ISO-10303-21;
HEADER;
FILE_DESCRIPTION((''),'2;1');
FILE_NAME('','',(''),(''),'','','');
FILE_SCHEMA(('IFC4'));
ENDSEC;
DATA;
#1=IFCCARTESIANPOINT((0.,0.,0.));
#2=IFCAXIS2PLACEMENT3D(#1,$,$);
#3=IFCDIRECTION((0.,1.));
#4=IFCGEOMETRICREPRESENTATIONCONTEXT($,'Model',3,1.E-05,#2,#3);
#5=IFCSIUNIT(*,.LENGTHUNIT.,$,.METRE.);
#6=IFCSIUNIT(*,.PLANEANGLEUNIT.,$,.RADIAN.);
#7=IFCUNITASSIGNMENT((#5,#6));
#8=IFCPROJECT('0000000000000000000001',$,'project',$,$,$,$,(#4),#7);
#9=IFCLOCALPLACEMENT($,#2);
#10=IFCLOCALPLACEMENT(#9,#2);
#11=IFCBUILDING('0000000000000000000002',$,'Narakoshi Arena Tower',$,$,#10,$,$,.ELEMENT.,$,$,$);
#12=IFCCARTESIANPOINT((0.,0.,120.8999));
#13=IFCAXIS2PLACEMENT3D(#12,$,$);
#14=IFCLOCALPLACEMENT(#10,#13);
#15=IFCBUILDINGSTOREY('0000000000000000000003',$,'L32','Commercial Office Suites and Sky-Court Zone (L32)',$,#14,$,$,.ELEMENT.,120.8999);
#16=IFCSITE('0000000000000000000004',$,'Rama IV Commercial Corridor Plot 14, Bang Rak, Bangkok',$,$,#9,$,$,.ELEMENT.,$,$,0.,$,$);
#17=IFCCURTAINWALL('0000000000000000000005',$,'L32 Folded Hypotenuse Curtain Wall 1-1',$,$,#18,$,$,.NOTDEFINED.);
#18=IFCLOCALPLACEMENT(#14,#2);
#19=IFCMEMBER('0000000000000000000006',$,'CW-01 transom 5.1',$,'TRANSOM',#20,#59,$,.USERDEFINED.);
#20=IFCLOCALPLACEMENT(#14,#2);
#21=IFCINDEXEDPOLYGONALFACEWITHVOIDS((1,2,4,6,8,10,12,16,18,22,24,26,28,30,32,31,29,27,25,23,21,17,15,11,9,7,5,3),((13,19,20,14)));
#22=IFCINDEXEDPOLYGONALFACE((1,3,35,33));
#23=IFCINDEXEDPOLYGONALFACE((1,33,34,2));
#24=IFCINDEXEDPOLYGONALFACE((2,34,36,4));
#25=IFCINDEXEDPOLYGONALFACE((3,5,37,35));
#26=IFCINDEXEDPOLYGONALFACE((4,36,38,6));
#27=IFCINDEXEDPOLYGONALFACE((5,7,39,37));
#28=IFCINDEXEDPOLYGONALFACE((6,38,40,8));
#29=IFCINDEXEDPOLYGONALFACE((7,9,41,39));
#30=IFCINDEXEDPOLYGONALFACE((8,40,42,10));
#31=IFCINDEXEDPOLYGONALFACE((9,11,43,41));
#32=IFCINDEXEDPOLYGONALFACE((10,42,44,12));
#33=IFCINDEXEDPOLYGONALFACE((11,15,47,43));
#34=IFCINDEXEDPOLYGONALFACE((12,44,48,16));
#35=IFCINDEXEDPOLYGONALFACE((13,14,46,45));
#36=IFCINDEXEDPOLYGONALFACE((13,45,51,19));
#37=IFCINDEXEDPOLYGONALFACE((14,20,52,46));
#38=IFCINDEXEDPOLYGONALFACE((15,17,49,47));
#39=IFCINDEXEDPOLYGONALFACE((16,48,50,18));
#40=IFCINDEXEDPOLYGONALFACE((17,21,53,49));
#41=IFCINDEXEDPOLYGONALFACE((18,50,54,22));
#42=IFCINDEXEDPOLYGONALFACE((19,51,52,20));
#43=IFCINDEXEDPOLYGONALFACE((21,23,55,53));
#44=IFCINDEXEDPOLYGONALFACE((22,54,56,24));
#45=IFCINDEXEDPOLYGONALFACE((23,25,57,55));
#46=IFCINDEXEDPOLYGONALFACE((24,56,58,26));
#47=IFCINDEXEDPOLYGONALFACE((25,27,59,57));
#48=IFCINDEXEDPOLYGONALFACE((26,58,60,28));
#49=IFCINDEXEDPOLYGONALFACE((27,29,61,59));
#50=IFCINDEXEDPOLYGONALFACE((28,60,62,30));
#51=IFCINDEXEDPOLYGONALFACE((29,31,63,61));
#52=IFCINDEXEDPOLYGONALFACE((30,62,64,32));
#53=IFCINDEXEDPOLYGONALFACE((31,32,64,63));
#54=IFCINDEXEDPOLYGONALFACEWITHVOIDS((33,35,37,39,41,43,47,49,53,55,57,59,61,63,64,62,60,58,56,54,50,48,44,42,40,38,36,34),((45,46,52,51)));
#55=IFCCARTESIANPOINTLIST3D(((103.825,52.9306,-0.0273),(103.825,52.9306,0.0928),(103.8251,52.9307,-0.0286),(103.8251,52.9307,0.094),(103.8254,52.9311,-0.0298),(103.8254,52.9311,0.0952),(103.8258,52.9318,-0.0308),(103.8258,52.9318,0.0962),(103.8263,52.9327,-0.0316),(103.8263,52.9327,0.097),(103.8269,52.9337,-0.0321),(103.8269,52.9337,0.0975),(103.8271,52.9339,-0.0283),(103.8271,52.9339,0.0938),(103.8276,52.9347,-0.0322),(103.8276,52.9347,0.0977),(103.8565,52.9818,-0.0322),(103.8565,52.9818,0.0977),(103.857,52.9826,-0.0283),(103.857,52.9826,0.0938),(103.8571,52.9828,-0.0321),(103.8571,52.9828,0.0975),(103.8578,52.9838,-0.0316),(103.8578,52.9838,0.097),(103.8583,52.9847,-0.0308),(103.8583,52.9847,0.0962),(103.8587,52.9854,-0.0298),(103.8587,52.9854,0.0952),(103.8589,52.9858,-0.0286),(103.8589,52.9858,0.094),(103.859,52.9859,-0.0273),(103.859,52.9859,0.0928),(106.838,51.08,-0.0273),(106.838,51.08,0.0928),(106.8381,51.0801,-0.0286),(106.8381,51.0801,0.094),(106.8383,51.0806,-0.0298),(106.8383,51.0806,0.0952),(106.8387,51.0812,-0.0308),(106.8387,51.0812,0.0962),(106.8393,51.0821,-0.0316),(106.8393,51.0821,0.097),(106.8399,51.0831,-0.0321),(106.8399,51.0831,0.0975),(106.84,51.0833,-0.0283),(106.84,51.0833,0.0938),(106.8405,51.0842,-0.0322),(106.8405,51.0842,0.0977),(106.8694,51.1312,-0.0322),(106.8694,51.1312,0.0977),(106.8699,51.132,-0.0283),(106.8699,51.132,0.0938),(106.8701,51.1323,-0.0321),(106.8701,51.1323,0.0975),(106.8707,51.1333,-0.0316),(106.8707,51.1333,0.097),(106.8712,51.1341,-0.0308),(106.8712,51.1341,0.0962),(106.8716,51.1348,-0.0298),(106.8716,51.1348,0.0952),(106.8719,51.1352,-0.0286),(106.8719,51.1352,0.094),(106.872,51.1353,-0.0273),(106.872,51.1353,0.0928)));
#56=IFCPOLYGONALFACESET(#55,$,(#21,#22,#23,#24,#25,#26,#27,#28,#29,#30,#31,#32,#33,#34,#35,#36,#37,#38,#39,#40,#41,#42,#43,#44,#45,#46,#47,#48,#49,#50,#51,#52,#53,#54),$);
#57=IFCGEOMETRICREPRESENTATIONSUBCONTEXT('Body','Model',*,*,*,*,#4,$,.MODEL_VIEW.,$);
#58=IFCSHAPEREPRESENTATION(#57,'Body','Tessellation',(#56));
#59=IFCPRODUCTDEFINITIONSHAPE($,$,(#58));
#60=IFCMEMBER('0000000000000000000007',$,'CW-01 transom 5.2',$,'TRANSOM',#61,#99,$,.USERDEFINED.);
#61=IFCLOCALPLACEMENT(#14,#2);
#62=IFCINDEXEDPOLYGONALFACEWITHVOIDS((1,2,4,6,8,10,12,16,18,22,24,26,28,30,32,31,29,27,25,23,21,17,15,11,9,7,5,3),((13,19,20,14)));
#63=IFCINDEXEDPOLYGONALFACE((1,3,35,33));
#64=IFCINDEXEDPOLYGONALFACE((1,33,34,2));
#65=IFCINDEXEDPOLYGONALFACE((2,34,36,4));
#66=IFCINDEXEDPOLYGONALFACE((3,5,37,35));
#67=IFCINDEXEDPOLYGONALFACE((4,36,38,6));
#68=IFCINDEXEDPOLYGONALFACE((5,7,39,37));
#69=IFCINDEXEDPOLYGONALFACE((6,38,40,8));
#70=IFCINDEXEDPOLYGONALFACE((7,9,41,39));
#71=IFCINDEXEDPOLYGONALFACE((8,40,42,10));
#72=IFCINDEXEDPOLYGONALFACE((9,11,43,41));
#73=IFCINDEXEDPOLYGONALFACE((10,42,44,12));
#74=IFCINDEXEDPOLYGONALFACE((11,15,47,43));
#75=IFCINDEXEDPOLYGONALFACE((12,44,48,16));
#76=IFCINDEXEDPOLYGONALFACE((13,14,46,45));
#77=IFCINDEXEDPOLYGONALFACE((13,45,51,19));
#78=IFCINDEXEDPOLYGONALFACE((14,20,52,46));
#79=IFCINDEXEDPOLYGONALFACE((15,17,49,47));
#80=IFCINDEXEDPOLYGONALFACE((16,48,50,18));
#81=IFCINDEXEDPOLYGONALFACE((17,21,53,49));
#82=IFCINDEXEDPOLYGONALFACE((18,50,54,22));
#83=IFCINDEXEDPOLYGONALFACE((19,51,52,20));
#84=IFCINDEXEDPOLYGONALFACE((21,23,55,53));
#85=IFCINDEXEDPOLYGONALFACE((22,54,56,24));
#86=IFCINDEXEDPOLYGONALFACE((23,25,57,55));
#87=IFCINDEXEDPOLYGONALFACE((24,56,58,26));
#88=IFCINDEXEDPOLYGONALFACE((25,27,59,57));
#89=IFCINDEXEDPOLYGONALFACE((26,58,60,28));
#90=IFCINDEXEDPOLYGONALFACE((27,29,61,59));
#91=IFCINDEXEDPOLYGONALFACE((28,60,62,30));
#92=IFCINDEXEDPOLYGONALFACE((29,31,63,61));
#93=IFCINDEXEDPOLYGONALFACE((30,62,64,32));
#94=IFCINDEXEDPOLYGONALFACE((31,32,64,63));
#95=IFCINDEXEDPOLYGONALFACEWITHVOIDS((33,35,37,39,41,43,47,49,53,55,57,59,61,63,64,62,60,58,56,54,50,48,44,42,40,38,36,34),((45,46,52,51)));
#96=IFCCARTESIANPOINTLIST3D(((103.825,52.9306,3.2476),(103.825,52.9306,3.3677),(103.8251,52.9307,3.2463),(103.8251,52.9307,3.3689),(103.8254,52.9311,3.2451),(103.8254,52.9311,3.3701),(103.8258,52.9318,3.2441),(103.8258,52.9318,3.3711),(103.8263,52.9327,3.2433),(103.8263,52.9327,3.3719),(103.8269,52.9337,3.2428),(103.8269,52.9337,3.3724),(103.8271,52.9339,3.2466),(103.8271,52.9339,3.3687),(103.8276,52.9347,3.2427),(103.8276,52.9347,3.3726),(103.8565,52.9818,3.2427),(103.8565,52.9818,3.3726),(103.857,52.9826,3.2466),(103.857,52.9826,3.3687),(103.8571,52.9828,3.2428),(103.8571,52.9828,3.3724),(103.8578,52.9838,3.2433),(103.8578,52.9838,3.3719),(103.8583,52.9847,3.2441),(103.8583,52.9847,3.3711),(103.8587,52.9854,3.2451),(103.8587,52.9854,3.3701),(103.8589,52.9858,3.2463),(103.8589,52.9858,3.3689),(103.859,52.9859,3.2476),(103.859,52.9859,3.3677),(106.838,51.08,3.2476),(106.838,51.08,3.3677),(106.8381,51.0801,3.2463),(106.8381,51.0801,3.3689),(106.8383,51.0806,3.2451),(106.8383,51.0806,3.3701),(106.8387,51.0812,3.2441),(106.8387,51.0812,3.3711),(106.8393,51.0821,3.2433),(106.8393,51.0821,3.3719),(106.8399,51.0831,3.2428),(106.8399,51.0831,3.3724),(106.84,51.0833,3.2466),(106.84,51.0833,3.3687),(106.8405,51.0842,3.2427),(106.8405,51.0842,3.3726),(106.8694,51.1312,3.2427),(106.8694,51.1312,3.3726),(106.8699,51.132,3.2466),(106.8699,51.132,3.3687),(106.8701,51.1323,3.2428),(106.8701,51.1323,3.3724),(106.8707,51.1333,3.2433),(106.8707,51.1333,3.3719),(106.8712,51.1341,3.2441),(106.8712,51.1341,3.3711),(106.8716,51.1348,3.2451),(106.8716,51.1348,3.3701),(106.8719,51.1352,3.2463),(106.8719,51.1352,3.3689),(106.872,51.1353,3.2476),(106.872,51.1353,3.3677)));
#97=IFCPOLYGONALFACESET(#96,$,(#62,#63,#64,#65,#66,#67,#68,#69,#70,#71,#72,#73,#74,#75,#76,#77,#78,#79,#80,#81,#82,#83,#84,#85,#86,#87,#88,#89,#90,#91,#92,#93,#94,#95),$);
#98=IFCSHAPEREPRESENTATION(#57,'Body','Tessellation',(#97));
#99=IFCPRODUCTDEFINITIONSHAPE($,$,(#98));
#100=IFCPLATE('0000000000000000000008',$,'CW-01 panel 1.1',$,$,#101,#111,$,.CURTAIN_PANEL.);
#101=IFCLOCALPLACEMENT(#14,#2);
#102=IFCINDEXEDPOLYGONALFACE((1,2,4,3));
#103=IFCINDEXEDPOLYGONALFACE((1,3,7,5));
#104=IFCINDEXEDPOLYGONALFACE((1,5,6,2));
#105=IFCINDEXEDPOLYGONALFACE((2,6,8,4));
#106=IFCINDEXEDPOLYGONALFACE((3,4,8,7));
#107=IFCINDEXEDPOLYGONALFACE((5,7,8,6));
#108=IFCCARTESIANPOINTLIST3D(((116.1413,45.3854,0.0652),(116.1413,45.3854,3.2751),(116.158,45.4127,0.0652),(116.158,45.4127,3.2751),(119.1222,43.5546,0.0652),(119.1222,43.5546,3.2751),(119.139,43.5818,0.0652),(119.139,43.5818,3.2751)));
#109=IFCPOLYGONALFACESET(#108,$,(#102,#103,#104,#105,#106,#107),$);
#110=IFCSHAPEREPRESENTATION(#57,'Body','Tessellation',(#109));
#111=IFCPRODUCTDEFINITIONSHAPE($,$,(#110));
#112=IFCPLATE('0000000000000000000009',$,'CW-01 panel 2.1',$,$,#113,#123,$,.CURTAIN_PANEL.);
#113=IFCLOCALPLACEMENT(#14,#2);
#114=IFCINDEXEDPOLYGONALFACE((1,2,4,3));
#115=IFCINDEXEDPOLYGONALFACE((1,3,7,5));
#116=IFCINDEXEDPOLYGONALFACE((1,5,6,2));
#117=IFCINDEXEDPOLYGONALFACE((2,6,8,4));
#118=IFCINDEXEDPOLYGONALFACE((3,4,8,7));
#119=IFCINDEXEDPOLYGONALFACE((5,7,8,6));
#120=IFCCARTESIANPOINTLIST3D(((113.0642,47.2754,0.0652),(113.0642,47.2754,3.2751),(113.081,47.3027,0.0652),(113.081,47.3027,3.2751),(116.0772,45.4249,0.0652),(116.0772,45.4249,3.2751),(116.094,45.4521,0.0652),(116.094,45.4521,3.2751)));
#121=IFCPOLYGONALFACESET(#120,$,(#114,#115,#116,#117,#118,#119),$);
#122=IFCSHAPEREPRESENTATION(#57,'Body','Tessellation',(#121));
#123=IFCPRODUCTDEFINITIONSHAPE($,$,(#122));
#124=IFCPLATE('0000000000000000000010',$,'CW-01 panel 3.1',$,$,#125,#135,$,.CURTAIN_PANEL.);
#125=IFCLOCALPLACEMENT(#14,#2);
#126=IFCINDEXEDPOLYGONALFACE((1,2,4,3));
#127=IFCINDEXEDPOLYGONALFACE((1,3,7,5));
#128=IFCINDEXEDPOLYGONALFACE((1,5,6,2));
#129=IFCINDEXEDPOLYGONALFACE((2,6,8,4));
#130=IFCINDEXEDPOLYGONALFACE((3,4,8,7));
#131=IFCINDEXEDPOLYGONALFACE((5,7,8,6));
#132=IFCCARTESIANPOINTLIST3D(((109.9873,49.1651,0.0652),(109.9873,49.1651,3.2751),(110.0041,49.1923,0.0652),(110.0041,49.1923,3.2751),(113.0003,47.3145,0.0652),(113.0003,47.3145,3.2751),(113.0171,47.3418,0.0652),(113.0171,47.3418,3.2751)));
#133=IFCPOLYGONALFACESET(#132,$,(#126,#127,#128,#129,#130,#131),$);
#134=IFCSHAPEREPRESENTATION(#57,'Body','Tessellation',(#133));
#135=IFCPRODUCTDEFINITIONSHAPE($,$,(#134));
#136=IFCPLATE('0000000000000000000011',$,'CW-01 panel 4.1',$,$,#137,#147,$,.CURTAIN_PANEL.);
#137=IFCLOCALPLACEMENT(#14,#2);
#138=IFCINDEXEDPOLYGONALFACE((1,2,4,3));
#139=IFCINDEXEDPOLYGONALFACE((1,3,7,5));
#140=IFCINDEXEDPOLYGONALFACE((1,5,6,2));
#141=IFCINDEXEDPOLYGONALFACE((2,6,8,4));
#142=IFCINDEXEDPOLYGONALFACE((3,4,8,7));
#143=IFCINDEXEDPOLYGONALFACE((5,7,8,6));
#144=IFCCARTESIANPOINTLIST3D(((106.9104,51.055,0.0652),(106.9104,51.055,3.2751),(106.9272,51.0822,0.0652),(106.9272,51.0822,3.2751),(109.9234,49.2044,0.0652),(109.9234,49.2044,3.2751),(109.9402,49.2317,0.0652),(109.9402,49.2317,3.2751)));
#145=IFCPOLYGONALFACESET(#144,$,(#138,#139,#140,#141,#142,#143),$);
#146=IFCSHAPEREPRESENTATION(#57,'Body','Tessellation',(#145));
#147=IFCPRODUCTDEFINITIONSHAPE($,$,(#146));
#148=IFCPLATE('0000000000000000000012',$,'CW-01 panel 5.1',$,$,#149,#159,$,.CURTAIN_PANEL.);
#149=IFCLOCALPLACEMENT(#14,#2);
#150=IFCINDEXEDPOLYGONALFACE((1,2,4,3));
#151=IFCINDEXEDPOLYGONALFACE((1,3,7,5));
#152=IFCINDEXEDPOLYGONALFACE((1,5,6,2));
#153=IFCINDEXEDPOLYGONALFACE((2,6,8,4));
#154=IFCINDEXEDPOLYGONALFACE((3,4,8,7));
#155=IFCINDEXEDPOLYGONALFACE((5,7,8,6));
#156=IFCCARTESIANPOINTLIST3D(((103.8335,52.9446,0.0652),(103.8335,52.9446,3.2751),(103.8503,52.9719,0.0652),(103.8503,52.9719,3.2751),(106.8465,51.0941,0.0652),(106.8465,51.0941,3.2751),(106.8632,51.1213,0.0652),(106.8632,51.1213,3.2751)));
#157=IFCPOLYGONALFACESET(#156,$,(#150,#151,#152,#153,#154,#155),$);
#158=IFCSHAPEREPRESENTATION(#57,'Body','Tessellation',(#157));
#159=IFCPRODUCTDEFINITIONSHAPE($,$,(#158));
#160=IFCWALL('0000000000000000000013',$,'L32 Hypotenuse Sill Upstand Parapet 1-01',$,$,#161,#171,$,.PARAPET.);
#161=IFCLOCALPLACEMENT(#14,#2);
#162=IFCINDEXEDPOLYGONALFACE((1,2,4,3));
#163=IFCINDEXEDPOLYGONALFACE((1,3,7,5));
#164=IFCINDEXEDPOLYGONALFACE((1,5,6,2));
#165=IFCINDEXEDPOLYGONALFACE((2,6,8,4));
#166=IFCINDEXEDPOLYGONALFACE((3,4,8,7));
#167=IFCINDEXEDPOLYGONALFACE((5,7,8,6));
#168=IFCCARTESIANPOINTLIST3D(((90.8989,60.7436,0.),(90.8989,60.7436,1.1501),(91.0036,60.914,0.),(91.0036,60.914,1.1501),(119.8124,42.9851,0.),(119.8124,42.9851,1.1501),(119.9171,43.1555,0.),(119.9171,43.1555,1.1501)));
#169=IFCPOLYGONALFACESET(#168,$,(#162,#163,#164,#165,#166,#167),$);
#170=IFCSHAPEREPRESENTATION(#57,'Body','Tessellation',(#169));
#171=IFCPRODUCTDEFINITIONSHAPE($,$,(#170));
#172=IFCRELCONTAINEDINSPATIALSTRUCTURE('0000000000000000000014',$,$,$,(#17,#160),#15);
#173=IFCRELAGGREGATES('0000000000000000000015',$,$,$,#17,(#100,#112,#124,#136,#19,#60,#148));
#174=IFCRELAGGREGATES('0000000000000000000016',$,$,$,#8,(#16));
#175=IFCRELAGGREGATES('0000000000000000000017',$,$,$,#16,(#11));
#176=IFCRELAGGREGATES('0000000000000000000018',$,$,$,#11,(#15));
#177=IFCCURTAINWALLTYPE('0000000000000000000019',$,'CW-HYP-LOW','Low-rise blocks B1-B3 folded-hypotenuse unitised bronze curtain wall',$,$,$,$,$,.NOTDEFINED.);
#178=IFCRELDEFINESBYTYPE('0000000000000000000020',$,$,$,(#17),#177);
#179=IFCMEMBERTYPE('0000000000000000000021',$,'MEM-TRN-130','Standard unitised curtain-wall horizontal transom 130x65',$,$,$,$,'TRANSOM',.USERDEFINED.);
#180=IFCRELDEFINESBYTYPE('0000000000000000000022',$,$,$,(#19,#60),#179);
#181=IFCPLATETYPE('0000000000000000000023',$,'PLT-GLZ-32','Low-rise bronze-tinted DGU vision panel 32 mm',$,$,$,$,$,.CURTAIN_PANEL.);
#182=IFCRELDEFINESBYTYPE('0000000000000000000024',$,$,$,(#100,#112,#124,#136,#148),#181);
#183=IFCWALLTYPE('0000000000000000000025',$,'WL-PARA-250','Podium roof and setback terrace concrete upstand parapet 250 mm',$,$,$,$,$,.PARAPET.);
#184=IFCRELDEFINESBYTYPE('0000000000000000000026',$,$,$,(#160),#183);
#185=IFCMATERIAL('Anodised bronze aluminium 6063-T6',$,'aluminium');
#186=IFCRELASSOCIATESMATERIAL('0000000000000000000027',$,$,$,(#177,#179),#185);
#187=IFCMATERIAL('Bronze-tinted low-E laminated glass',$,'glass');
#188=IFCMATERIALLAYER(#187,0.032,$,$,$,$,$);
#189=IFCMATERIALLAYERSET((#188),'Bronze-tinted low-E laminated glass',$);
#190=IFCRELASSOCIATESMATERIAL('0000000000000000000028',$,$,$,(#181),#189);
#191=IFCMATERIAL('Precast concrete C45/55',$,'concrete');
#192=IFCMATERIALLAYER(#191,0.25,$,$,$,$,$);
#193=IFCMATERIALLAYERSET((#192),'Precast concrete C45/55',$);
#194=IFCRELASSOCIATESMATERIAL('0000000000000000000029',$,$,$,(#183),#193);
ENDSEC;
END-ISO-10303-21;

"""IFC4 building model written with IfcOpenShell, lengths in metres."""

from ifc_helpers import new_model, si_unit, direction, frame, frame_2d, origin, origin_2d, place, context, subcontext, project, spatial, rectangle, hollow_rectangle, extrude, material, layer, layer_set, material_profile, profile_set, type_object, element, aggregate, save


model = new_model("IFC4")

# Units and contexts
model_context = context("Model", 3, precision=1e-05, world=origin(), true_north=direction((0.0, 1.0)))
body_context = subcontext(model_context, "Body", "Model", "MODEL_VIEW")
ifc_project = project(units=[si_unit("LENGTHUNIT", "METRE"), si_unit("PLANEANGLEUNIT", "RADIAN")], contexts=[model_context])

# Site, building, storey
site_placement = place(None, origin())
site = spatial("IfcSite", under=ifc_project, at=site_placement, Name="Rama IV Commercial Corridor Plot 14, Bang Rak, Bangkok", CompositionType="ELEMENT", RefElevation=0.0)
building_placement = place(site_placement, origin())
building = spatial("IfcBuilding", under=site, at=building_placement, Name="Narakoshi Arena Tower", CompositionType="ELEMENT")
storey_placement = place(building_placement, frame((0.0, 0.0, 120.8999)))
storey = spatial("IfcBuildingStorey", under=building, at=storey_placement, Name="L32", Description="Commercial Office Suites and Sky-Court Zone (L32)", CompositionType="ELEMENT", Elevation=120.8999)

# Curtain wall, members, plates
ifc_material_1 = material(Name="Anodised bronze aluminium 6063-T6", Category="aluminium")
curtain_wall_type = type_object("IfcCurtainWallType", Name="CW-HYP-LOW", Description="Low-rise blocks B1-B3 folded-hypotenuse unitised bronze curtain wall", PredefinedType="NOTDEFINED", material=ifc_material_1)
curtain_wall_placement = place(storey_placement, origin())
curtain_wall = element("IfcCurtainWall", 1, at=curtain_wall_placement, inside=storey, type_object=curtain_wall_type, Name="L32 Folded Hypotenuse Curtain Wall 1-1", PredefinedType="NOTDEFINED")
ifc_material_profile_1 = material_profile(ifc_material_1, hollow_rectangle(XDim=0.0649, YDim=0.1299, WallThickness=0.0039, OuterFilletRadius=0.0049, at=origin_2d()), Name="TRN130x65x4")
ifc_profile_set_1 = profile_set([ifc_material_profile_1], Name="Anodised bronze aluminium 6063-T6")
member_type_1 = type_object("IfcMemberType", Name="MEM-TRN-130", Description="Standard unitised curtain-wall horizontal transom 130x65", ElementType="TRANSOM", PredefinedType="USERDEFINED", material=ifc_profile_set_1)
member_1_placement = place(storey_placement, frame((106.855, 51.1077, 0.0327), z_axis=(-0.852104, 0.523373, 0.0), x_axis=(-0.523373, -0.852104, 0.0)))
member_1 = element("IfcMember", 2, at=member_1_placement, type_object=member_type_1, Name="CW-01 transom 5.1", ObjectType="TRANSOM", PredefinedType="USERDEFINED", context=body_context, shape_type="SweptSolid", body=[
    extrude(hollow_rectangle(XDim=0.0649, YDim=0.1299, WallThickness=0.0039, OuterFilletRadius=0.0049, at=origin_2d()), origin(), (0.0, 0.0, 1.0), 3.5359),
])
member_2_placement = place(storey_placement, frame((106.855, 51.1077, 3.3076), z_axis=(-0.852104, 0.523373, 0.0), x_axis=(-0.523373, -0.852104, 0.0)))
member_2 = element("IfcMember", 3, at=member_2_placement, type_object=member_type_1, Name="CW-01 transom 5.2", ObjectType="TRANSOM", PredefinedType="USERDEFINED", context=body_context, shape_type="SweptSolid", body=[
    extrude(hollow_rectangle(XDim=0.0649, YDim=0.1299, WallThickness=0.0039, OuterFilletRadius=0.0049, at=origin_2d()), origin(), (0.0, 0.0, 1.0), 3.5359),
])
ifc_material_2 = material(Name="Bronze-tinted low-E laminated glass", Category="glass")
ifc_layer_1 = layer(ifc_material_2, 0.032)
ifc_layer_set_1 = layer_set([ifc_layer_1], Name="Bronze-tinted low-E laminated glass")
plate_type = type_object("IfcPlateType", Name="PLT-GLZ-32", Description="Low-rise bronze-tinted DGU vision panel 32 mm", PredefinedType="CURTAIN_PANEL", material=ifc_layer_set_1)
plate_1_placement = place(storey_placement, frame((117.6401, 44.4836, 0.0652), z_axis=(0.0, 0.0, 1.0), x_axis=(-0.852113, 0.523358, 0.0)))
plate_1 = element("IfcPlate", 4, at=plate_1_placement, type_object=plate_type, Name="CW-01 panel 1.1", PredefinedType="CURTAIN_PANEL", context=body_context, shape_type="SweptSolid", body=[
    extrude(rectangle(XDim=3.4983, YDim=0.032, at=origin_2d()), origin(), (0.0, 0.0, 1.0), 3.21),
])
plate_2_placement = place(storey_placement, frame((114.5791, 46.3638, 0.0652), z_axis=(0.0, 0.0, 1.0), x_axis=(-0.852113, 0.523358, 0.0)))
plate_2 = element("IfcPlate", 5, at=plate_2_placement, type_object=plate_type, Name="CW-01 panel 2.1", PredefinedType="CURTAIN_PANEL", context=body_context, shape_type="SweptSolid", body=[
    extrude(rectangle(XDim=3.5359, YDim=0.032, at=origin_2d()), origin(), (0.0, 0.0, 1.0), 3.21),
])
plate_3_placement = place(storey_placement, frame((111.5022, 48.2534, 0.0652), z_axis=(0.0, 0.0, 1.0), x_axis=(-0.852113, 0.523358, 0.0)))
plate_3 = element("IfcPlate", 6, at=plate_3_placement, type_object=plate_type, Name="CW-01 panel 3.1", PredefinedType="CURTAIN_PANEL", context=body_context, shape_type="SweptSolid", body=[
    extrude(rectangle(XDim=3.5359, YDim=0.032, at=origin_2d()), origin(), (0.0, 0.0, 1.0), 3.21),
])
plate_4_placement = place(storey_placement, frame((108.4253, 50.1433, 0.0652), z_axis=(0.0, 0.0, 1.0), x_axis=(-0.852113, 0.523358, 0.0)))
plate_4 = element("IfcPlate", 7, at=plate_4_placement, type_object=plate_type, Name="CW-01 panel 4.1", PredefinedType="CURTAIN_PANEL", context=body_context, shape_type="SweptSolid", body=[
    extrude(rectangle(XDim=3.5359, YDim=0.032, at=origin_2d()), origin(), (0.0, 0.0, 1.0), 3.21),
])
plate_5_placement = place(storey_placement, frame((105.3484, 52.033, 0.0652), z_axis=(0.0, 0.0, 1.0), x_axis=(-0.852113, 0.523358, 0.0)))
plate_5 = element("IfcPlate", 8, at=plate_5_placement, type_object=plate_type, Name="CW-01 panel 5.1", PredefinedType="CURTAIN_PANEL", context=body_context, shape_type="SweptSolid", body=[
    extrude(rectangle(XDim=3.5359, YDim=0.032, at=origin_2d()), origin(), (0.0, 0.0, 1.0), 3.21),
])
aggregate(curtain_wall, [plate_1, plate_2, plate_3, plate_4, member_1, member_2, plate_5])

# Wall
ifc_material_3 = material(Name="Precast concrete C45/55", Category="concrete")
ifc_layer_2 = layer(ifc_material_3, 0.25)
ifc_layer_set_2 = layer_set([ifc_layer_2], Name="Precast concrete C45/55")
wall_type_1 = type_object("IfcWallType", Name="WL-PARA-250", Description="Podium roof and setback terrace concrete upstand parapet 250 mm", PredefinedType="PARAPET", material=ifc_layer_set_2)
wall_1_placement = place(storey_placement, frame((119.8647, 43.0703, 0.0), z_axis=(0.0, 0.0, 1.0), x_axis=(-0.852111, 0.523361, 0.0)))
element("IfcWall", 9, at=wall_1_placement, inside=storey, type_object=wall_type_1, Name="L32 Hypotenuse Sill Upstand Parapet 1-01", PredefinedType="PARAPET", context=body_context, shape_type="SweptSolid", body=[
    extrude(rectangle(XDim=33.9316, YDim=0.2, at=frame_2d((16.9658, 0.0))), origin(), (0.0, 0.0, 1.0), 1.1501),
])

save(model, "model.ifc")
